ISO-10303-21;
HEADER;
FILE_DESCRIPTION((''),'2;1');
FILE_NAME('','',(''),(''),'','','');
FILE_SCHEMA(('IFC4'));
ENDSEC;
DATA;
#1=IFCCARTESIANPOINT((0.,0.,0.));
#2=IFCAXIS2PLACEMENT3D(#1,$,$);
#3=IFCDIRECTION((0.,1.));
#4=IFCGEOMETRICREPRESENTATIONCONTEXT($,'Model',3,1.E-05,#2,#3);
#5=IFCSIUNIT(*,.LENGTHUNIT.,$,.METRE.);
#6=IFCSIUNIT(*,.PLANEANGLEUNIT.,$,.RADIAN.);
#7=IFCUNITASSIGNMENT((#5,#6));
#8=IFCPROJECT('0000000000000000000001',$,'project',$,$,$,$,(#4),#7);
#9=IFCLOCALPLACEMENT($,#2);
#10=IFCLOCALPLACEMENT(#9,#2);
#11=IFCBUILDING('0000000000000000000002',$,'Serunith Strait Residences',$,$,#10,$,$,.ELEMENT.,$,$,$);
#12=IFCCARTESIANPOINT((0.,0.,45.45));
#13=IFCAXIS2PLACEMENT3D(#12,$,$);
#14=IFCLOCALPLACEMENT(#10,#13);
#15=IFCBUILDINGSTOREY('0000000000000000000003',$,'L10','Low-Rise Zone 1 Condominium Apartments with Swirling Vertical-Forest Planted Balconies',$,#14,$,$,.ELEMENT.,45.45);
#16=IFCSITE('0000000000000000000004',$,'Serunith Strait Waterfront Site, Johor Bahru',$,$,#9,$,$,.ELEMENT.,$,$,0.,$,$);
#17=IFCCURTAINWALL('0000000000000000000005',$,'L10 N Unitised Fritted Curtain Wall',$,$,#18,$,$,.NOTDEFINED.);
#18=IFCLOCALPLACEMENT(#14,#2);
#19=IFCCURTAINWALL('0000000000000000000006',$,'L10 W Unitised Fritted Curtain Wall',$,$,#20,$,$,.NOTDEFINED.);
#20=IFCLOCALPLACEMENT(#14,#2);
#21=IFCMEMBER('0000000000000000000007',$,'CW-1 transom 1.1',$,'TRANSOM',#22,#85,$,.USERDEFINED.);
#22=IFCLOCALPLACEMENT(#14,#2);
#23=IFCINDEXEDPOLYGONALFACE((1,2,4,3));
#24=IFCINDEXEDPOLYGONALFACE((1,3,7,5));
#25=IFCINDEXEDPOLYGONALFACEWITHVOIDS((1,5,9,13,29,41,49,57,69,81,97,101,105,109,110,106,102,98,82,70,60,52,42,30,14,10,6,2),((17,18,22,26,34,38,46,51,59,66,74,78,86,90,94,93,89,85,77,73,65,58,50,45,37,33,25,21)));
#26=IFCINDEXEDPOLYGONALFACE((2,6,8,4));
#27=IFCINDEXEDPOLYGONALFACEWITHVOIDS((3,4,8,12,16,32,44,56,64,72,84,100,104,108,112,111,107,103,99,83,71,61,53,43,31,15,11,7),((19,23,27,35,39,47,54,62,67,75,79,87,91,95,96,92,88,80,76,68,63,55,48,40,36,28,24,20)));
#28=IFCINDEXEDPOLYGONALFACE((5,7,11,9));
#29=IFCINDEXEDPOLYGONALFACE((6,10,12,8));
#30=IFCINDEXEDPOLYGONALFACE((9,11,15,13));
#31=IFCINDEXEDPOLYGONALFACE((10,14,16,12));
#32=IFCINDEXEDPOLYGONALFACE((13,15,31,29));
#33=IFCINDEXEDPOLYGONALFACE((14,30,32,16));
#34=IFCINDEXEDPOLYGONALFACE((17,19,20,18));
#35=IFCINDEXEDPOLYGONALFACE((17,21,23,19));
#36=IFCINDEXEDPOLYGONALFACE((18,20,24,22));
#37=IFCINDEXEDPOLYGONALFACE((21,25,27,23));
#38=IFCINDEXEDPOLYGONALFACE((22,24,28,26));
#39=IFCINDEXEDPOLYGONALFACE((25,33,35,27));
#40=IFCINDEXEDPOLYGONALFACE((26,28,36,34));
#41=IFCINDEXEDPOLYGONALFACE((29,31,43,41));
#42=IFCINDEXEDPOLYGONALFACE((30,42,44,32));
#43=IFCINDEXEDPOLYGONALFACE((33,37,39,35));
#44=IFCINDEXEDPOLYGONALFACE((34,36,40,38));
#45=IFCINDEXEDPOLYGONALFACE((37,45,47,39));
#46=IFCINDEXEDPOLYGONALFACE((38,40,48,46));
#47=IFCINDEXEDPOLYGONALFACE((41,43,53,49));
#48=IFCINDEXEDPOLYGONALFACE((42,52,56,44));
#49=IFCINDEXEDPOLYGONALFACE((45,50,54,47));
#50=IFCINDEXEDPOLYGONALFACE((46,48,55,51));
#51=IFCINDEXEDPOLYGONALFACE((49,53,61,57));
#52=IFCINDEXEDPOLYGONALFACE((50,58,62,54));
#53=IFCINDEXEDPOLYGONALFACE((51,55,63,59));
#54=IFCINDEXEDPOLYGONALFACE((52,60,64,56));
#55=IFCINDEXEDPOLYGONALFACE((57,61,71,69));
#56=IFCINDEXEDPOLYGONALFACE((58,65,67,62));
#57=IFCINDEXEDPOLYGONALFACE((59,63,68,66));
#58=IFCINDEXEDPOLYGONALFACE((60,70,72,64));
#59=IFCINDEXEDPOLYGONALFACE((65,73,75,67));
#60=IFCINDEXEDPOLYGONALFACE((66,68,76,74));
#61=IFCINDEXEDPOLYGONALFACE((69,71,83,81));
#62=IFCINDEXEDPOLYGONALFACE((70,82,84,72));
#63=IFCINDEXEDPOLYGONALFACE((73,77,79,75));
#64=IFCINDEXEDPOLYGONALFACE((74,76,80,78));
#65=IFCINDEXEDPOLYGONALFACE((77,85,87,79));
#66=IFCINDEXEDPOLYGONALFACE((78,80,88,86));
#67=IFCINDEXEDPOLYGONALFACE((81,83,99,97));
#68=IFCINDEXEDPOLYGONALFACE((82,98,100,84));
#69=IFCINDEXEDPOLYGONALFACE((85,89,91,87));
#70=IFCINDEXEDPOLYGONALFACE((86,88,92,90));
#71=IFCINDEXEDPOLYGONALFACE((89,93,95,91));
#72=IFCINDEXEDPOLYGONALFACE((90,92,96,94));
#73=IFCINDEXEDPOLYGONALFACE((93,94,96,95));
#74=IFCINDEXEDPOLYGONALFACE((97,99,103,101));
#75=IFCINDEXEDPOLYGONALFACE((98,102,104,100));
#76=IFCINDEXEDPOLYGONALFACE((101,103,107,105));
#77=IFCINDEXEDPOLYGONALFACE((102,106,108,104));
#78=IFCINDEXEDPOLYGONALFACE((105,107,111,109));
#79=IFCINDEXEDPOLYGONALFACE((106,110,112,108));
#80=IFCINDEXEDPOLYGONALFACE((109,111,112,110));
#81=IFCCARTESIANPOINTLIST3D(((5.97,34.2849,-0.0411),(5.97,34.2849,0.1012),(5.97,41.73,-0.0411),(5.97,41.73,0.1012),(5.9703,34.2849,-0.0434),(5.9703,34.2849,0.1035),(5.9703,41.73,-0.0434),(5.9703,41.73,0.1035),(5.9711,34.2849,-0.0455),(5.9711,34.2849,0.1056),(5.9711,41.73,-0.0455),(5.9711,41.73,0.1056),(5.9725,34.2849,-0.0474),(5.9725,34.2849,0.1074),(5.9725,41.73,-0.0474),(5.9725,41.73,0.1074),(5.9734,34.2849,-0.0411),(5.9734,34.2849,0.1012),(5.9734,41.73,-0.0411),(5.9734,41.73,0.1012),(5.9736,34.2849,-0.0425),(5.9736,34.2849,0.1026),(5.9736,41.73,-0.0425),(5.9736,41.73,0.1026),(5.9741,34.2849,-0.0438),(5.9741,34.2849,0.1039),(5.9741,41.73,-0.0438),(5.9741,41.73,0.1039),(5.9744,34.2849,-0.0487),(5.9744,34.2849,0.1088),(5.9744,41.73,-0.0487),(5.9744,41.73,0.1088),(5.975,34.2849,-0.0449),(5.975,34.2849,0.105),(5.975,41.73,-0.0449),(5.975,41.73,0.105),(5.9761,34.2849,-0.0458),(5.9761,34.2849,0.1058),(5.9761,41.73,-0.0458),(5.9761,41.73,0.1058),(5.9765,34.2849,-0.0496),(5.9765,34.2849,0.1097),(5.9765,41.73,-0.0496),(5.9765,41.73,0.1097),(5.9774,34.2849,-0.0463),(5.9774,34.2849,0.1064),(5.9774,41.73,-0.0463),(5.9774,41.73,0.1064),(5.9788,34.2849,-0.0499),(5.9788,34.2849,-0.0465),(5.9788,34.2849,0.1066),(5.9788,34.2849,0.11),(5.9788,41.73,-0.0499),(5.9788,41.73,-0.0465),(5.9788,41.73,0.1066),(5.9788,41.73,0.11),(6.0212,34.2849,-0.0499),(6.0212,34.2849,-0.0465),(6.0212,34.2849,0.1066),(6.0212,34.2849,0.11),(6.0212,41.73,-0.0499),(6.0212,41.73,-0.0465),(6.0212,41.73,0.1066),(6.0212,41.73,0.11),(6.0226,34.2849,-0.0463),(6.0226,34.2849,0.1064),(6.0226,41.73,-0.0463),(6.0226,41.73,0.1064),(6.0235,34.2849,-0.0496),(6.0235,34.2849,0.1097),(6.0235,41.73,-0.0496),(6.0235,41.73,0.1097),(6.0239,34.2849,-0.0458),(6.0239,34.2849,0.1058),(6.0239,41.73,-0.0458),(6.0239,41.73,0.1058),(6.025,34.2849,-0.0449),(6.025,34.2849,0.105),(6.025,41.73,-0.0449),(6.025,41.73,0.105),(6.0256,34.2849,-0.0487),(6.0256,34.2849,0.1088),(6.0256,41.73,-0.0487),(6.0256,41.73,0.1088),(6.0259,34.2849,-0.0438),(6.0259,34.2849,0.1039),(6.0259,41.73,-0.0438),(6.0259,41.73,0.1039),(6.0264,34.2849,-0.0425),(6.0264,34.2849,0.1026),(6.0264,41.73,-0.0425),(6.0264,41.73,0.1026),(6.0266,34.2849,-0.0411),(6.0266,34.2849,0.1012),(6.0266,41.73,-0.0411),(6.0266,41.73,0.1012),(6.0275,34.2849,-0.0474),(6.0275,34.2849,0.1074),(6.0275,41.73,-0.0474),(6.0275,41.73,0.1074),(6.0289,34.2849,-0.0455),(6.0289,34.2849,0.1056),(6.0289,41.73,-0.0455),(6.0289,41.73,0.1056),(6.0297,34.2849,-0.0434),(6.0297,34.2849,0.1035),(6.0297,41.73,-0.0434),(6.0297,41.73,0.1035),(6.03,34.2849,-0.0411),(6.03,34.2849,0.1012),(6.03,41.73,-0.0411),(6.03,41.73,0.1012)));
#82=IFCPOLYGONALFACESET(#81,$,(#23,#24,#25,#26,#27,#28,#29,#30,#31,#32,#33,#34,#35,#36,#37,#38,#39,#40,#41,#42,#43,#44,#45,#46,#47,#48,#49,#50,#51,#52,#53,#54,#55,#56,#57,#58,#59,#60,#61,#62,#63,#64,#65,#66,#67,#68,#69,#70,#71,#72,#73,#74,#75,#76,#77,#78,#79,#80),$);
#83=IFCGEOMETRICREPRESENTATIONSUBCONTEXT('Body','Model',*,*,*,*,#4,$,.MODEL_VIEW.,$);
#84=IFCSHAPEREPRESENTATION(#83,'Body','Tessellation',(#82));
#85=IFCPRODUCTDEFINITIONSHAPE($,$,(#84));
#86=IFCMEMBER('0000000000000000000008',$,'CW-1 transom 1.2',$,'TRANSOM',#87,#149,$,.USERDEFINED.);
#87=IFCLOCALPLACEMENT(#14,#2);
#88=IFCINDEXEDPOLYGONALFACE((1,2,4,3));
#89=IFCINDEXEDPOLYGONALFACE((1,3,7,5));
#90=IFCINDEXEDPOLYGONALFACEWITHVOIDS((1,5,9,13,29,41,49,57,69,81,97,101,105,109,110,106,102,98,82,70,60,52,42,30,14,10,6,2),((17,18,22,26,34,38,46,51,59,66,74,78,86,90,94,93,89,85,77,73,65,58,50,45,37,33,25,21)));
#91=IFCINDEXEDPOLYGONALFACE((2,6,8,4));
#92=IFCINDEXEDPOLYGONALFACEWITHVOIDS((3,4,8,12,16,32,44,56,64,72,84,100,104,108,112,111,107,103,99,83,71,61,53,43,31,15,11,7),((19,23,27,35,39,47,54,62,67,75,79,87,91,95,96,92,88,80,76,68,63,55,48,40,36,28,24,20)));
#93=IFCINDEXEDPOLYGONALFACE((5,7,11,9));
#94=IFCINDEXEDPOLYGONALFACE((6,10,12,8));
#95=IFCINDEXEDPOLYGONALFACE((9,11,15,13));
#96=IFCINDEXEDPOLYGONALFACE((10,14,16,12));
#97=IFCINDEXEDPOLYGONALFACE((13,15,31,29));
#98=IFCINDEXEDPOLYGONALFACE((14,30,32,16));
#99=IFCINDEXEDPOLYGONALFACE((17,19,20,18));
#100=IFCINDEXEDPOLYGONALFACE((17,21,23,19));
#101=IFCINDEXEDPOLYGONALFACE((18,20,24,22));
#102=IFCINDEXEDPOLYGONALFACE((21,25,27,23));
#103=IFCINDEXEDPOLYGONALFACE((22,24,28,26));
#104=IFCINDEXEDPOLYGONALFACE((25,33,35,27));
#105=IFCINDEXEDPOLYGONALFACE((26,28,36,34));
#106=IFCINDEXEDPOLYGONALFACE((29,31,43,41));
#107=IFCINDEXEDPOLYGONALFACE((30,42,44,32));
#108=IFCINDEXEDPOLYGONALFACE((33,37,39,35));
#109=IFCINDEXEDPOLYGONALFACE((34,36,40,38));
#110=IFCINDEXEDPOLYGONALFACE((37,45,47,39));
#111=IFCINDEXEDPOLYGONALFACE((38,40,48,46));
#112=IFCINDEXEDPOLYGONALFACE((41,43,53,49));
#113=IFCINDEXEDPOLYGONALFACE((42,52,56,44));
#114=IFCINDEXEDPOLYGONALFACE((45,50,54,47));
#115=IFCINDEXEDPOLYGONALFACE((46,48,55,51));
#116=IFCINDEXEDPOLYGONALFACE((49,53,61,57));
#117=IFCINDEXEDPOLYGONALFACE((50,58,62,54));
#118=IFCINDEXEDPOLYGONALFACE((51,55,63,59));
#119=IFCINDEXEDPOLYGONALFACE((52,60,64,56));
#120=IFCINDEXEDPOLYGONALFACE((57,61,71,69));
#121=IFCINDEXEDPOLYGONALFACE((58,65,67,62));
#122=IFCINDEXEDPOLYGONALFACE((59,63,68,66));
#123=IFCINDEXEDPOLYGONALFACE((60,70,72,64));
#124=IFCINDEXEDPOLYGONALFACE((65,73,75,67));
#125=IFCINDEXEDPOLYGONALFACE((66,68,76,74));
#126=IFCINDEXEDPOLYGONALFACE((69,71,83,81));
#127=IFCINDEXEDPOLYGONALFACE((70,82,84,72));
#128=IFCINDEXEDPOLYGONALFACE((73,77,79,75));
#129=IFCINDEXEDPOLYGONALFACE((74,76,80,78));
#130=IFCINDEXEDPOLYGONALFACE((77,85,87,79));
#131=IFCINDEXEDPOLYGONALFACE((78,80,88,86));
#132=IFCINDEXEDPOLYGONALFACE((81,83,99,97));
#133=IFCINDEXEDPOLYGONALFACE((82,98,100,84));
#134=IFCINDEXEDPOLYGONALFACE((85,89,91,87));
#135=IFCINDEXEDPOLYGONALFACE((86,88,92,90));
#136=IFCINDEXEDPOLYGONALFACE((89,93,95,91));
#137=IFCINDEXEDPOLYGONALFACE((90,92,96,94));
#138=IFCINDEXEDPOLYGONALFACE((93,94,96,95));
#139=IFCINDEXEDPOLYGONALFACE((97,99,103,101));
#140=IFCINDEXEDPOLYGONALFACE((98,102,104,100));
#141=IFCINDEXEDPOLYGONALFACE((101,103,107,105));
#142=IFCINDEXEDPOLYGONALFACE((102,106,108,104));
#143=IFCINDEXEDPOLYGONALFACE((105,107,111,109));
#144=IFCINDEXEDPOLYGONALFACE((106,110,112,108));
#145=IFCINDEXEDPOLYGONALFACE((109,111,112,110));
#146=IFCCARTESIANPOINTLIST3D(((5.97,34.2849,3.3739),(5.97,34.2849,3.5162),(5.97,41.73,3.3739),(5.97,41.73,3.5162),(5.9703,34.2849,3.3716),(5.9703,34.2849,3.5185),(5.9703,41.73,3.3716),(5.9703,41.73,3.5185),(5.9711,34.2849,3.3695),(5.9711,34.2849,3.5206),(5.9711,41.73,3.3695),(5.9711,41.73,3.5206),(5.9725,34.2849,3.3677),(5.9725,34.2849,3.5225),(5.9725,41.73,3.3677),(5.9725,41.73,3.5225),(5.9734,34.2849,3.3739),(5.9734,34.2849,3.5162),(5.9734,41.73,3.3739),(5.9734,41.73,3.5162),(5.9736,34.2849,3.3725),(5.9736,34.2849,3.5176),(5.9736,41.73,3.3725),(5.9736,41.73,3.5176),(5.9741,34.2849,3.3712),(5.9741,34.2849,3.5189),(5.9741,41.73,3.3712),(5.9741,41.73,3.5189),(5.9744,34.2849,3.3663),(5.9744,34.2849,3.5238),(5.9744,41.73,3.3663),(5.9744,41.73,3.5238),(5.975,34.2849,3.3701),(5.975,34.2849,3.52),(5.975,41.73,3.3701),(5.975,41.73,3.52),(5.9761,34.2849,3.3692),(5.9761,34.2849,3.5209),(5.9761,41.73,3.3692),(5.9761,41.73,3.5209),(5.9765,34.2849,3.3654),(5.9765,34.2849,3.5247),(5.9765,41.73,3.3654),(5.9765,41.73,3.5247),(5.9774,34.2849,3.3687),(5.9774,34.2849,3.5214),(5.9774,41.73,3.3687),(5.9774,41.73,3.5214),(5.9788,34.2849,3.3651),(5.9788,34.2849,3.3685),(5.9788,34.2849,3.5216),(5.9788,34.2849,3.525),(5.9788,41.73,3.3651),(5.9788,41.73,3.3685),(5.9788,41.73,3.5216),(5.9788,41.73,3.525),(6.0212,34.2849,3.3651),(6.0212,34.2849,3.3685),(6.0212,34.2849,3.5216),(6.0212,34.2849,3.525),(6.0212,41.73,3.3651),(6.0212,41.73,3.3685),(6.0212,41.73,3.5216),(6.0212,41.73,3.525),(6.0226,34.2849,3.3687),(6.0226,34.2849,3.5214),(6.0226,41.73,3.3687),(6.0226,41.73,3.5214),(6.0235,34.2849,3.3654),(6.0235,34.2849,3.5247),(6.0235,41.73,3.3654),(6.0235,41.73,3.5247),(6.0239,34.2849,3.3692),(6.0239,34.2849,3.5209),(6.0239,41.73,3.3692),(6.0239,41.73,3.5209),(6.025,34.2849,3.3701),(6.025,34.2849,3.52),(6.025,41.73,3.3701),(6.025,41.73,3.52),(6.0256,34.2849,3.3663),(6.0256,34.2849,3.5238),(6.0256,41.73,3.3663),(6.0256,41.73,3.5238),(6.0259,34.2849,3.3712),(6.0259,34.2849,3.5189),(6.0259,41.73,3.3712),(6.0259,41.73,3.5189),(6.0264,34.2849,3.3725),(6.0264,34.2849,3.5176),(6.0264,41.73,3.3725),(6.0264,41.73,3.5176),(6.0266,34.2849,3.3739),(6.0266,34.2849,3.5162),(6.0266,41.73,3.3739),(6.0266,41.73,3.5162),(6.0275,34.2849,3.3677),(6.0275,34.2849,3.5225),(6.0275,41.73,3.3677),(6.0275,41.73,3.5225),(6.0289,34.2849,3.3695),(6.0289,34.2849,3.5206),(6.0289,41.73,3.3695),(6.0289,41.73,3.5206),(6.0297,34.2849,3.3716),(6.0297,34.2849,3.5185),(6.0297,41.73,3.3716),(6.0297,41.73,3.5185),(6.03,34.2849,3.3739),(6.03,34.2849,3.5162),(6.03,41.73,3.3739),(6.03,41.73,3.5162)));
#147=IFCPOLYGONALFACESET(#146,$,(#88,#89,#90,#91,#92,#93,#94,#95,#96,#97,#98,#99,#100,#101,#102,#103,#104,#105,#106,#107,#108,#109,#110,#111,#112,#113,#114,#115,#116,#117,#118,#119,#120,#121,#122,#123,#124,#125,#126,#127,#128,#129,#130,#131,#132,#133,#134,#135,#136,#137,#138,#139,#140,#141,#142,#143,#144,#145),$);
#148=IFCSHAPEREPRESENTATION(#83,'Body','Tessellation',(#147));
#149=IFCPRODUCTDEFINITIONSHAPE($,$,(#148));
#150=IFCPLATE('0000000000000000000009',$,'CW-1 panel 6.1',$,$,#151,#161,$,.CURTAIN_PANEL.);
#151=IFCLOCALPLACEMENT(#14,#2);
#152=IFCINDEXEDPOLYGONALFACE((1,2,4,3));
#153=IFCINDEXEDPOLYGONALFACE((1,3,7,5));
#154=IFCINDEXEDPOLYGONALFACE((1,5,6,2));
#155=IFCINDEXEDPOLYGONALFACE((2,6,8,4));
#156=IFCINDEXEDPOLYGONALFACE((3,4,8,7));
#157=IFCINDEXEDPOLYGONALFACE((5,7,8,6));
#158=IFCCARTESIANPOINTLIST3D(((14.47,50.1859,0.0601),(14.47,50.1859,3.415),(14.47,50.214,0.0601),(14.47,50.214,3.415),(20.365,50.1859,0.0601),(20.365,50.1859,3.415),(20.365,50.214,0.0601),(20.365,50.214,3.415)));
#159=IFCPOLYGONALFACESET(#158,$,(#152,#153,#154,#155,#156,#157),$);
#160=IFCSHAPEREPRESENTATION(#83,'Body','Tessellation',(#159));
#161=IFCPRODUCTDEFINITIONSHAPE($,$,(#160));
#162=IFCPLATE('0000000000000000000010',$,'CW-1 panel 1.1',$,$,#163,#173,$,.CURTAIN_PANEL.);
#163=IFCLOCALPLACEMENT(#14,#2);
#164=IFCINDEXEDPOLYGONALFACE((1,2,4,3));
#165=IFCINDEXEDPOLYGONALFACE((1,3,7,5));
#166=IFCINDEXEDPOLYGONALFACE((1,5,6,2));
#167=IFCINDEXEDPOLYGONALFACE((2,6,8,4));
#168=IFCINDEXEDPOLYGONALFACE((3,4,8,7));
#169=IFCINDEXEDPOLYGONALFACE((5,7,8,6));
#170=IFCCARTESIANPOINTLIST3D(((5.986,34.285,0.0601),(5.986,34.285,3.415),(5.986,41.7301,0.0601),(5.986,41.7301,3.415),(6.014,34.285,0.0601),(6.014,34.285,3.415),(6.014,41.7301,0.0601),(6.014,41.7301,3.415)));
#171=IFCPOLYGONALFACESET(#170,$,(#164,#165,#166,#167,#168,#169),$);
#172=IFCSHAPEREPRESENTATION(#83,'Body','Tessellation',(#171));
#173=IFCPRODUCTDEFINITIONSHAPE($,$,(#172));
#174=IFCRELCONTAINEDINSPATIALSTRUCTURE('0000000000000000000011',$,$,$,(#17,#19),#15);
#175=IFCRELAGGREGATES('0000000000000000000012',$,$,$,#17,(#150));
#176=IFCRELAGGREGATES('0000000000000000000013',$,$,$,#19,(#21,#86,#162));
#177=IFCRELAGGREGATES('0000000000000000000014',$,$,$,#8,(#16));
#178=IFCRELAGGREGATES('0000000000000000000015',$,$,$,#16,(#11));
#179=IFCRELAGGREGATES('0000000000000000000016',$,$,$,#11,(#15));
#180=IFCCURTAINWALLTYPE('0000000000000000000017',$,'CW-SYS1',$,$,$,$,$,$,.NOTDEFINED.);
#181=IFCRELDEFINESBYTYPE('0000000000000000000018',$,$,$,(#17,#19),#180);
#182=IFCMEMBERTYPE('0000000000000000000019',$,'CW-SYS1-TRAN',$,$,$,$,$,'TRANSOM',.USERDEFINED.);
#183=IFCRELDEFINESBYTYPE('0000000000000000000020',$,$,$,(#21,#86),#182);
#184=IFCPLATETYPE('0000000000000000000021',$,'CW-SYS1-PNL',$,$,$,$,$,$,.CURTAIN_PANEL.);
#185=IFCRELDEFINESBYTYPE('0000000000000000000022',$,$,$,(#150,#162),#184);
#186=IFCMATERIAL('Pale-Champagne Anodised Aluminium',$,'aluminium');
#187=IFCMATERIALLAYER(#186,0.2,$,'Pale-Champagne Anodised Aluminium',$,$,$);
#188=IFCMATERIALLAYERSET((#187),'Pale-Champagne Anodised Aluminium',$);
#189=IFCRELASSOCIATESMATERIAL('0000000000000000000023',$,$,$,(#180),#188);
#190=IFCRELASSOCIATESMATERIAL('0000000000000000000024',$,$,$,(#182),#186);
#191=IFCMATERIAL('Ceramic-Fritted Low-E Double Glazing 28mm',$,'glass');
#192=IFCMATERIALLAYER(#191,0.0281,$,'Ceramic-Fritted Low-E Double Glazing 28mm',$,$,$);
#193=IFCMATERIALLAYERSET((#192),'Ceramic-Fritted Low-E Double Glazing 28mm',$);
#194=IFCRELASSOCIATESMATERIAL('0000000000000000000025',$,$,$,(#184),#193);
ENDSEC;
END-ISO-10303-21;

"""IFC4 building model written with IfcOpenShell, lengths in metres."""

from ifc_helpers import new_model, si_unit, direction, frame, origin, origin_2d, place, context, subcontext, project, spatial, rectangle, hollow_rectangle, extrude, source, transform, mapped, material, layer, layer_set, material_profile, profile_set, type_object, element, aggregate, save


model = new_model("IFC4")

# Units and contexts
model_context = context("Model", 3, precision=1e-05, world=origin(), true_north=direction((0.0, 1.0)))
body_context = subcontext(model_context, "Body", "Model", "MODEL_VIEW")
ifc_project = project(units=[si_unit("LENGTHUNIT", "METRE"), si_unit("PLANEANGLEUNIT", "RADIAN")], contexts=[model_context])

# Site, building, storey
site_placement = place(None, origin())
site = spatial("IfcSite", under=ifc_project, at=site_placement, Name="Serunith Strait Waterfront Site, Johor Bahru", CompositionType="ELEMENT", RefElevation=0.0)
building_placement = place(site_placement, origin())
building = spatial("IfcBuilding", under=site, at=building_placement, Name="Serunith Strait Residences", CompositionType="ELEMENT")
storey_placement = place(building_placement, frame((0.0, 0.0, 45.45)))
storey = spatial("IfcBuildingStorey", under=building, at=storey_placement, Name="L10", Description="Low-Rise Zone 1 Condominium Apartments with Swirling Vertical-Forest Planted Balconies", CompositionType="ELEMENT", Elevation=45.45)

# Curtain wall
ifc_material_1 = material(Name="Pale-Champagne Anodised Aluminium", Category="aluminium")
ifc_layer_1 = layer(ifc_material_1, 0.2, Name="Pale-Champagne Anodised Aluminium")
ifc_layer_set_1 = layer_set([ifc_layer_1], Name="Pale-Champagne Anodised Aluminium")
curtain_wall_type = type_object("IfcCurtainWallType", Name="CW-SYS1", PredefinedType="NOTDEFINED", material=ifc_layer_set_1)
curtain_wall_1_placement = place(storey_placement, origin())
curtain_wall_1 = element("IfcCurtainWall", 1, at=curtain_wall_1_placement, inside=storey, type_object=curtain_wall_type, Name="L10 N Unitised Fritted Curtain Wall", PredefinedType="NOTDEFINED")

# Curtain wall, members
curtain_wall_2_placement = place(storey_placement, origin())
curtain_wall_2 = element("IfcCurtainWall", 2, at=curtain_wall_2_placement, inside=storey, type_object=curtain_wall_type, Name="L10 W Unitised Fritted Curtain Wall", PredefinedType="NOTDEFINED")
ifc_material_profile_1 = material_profile(ifc_material_1, hollow_rectangle(XDim=0.0601, YDim=0.1599, WallThickness=0.0034, InnerFilletRadius=0.0054, OuterFilletRadius=0.0088, at=origin_2d()), Name="ALU 160x60x3.5")
ifc_profile_set_1 = profile_set([ifc_material_profile_1], Name="Pale-Champagne Anodised Aluminium")
member_type_1 = type_object("IfcMemberType", Name="CW-SYS1-TRAN", ElementType="TRANSOM", PredefinedType="USERDEFINED", material=ifc_profile_set_1)
shared_shape_1 = source(origin(), body_context, "Body", "SweptSolid", [
    extrude(hollow_rectangle(XDim=0.0601, YDim=0.1599, WallThickness=0.0034, InnerFilletRadius=0.0054, OuterFilletRadius=0.0088, at=origin_2d()), origin(), (0.0, 0.0, 1.0), 7.4451),
])
member_1_placement = place(storey_placement, frame((6.0, 41.73, 0.03), z_axis=(0.0, -1.0, 0.0), x_axis=(1.0, 0.0, 0.0)))
member_1 = element("IfcMember", 3, at=member_1_placement, type_object=member_type_1, Name="CW-1 transom 1.1", ObjectType="TRANSOM", PredefinedType="USERDEFINED", context=body_context, shape_type="MappedRepresentation", body=[
    mapped(shared_shape_1, transform((0.0, 0.0, 0.0), scale=1.0)),
])
member_2_placement = place(storey_placement, frame((6.0, 41.73, 3.4451), z_axis=(0.0, -1.0, 0.0), x_axis=(1.0, 0.0, 0.0)))
member_2 = element("IfcMember", 4, at=member_2_placement, type_object=member_type_1, Name="CW-1 transom 1.2", ObjectType="TRANSOM", PredefinedType="USERDEFINED", context=body_context, shape_type="MappedRepresentation", body=[
    mapped(shared_shape_1, transform((0.0, 0.0, 0.0), scale=1.0)),
])

# Plates
ifc_material_2 = material(Name="Ceramic-Fritted Low-E Double Glazing 28mm", Category="glass")
ifc_layer_2 = layer(ifc_material_2, 0.0281, Name="Ceramic-Fritted Low-E Double Glazing 28mm")
ifc_layer_set_2 = layer_set([ifc_layer_2], Name="Ceramic-Fritted Low-E Double Glazing 28mm")
plate_type = type_object("IfcPlateType", Name="CW-SYS1-PNL", PredefinedType="CURTAIN_PANEL", material=ifc_layer_set_2)
shared_shape_2 = source(origin(), body_context, "Body", "SweptSolid", [
    extrude(rectangle(XDim=5.895, YDim=0.0281, at=origin_2d()), origin(), (0.0, 0.0, 1.0), 3.355),
])
plate_1_placement = place(storey_placement, frame((17.4175, 50.2, 0.0601), z_axis=(0.0, 0.0, 1.0), x_axis=(-1.0, 0.0, 0.0)))
plate_1 = element("IfcPlate", 5, at=plate_1_placement, type_object=plate_type, Name="CW-1 panel 6.1", PredefinedType="CURTAIN_PANEL", context=body_context, shape_type="MappedRepresentation", body=[
    mapped(shared_shape_2, transform((0.0, 0.0, 0.0), scale=1.0)),
])
aggregate(curtain_wall_1, [plate_1])
shared_shape_3 = source(origin(), body_context, "Body", "SweptSolid", [
    extrude(rectangle(XDim=7.4451, YDim=0.0281, at=origin_2d()), origin(), (0.0, 0.0, 1.0), 3.355),
])
plate_2_placement = place(storey_placement, frame((6.0, 38.0076, 0.0601), z_axis=(0.0, 0.0, 1.0), x_axis=(0.0, -1.0, 0.0)))
plate_2 = element("IfcPlate", 6, at=plate_2_placement, type_object=plate_type, Name="CW-1 panel 1.1", PredefinedType="CURTAIN_PANEL", context=body_context, shape_type="MappedRepresentation", body=[
    mapped(shared_shape_3, transform((0.0, 0.0, 0.0), scale=1.0)),
])
aggregate(curtain_wall_2, [member_1, member_2, plate_2])

save(model, "model.ifc")
